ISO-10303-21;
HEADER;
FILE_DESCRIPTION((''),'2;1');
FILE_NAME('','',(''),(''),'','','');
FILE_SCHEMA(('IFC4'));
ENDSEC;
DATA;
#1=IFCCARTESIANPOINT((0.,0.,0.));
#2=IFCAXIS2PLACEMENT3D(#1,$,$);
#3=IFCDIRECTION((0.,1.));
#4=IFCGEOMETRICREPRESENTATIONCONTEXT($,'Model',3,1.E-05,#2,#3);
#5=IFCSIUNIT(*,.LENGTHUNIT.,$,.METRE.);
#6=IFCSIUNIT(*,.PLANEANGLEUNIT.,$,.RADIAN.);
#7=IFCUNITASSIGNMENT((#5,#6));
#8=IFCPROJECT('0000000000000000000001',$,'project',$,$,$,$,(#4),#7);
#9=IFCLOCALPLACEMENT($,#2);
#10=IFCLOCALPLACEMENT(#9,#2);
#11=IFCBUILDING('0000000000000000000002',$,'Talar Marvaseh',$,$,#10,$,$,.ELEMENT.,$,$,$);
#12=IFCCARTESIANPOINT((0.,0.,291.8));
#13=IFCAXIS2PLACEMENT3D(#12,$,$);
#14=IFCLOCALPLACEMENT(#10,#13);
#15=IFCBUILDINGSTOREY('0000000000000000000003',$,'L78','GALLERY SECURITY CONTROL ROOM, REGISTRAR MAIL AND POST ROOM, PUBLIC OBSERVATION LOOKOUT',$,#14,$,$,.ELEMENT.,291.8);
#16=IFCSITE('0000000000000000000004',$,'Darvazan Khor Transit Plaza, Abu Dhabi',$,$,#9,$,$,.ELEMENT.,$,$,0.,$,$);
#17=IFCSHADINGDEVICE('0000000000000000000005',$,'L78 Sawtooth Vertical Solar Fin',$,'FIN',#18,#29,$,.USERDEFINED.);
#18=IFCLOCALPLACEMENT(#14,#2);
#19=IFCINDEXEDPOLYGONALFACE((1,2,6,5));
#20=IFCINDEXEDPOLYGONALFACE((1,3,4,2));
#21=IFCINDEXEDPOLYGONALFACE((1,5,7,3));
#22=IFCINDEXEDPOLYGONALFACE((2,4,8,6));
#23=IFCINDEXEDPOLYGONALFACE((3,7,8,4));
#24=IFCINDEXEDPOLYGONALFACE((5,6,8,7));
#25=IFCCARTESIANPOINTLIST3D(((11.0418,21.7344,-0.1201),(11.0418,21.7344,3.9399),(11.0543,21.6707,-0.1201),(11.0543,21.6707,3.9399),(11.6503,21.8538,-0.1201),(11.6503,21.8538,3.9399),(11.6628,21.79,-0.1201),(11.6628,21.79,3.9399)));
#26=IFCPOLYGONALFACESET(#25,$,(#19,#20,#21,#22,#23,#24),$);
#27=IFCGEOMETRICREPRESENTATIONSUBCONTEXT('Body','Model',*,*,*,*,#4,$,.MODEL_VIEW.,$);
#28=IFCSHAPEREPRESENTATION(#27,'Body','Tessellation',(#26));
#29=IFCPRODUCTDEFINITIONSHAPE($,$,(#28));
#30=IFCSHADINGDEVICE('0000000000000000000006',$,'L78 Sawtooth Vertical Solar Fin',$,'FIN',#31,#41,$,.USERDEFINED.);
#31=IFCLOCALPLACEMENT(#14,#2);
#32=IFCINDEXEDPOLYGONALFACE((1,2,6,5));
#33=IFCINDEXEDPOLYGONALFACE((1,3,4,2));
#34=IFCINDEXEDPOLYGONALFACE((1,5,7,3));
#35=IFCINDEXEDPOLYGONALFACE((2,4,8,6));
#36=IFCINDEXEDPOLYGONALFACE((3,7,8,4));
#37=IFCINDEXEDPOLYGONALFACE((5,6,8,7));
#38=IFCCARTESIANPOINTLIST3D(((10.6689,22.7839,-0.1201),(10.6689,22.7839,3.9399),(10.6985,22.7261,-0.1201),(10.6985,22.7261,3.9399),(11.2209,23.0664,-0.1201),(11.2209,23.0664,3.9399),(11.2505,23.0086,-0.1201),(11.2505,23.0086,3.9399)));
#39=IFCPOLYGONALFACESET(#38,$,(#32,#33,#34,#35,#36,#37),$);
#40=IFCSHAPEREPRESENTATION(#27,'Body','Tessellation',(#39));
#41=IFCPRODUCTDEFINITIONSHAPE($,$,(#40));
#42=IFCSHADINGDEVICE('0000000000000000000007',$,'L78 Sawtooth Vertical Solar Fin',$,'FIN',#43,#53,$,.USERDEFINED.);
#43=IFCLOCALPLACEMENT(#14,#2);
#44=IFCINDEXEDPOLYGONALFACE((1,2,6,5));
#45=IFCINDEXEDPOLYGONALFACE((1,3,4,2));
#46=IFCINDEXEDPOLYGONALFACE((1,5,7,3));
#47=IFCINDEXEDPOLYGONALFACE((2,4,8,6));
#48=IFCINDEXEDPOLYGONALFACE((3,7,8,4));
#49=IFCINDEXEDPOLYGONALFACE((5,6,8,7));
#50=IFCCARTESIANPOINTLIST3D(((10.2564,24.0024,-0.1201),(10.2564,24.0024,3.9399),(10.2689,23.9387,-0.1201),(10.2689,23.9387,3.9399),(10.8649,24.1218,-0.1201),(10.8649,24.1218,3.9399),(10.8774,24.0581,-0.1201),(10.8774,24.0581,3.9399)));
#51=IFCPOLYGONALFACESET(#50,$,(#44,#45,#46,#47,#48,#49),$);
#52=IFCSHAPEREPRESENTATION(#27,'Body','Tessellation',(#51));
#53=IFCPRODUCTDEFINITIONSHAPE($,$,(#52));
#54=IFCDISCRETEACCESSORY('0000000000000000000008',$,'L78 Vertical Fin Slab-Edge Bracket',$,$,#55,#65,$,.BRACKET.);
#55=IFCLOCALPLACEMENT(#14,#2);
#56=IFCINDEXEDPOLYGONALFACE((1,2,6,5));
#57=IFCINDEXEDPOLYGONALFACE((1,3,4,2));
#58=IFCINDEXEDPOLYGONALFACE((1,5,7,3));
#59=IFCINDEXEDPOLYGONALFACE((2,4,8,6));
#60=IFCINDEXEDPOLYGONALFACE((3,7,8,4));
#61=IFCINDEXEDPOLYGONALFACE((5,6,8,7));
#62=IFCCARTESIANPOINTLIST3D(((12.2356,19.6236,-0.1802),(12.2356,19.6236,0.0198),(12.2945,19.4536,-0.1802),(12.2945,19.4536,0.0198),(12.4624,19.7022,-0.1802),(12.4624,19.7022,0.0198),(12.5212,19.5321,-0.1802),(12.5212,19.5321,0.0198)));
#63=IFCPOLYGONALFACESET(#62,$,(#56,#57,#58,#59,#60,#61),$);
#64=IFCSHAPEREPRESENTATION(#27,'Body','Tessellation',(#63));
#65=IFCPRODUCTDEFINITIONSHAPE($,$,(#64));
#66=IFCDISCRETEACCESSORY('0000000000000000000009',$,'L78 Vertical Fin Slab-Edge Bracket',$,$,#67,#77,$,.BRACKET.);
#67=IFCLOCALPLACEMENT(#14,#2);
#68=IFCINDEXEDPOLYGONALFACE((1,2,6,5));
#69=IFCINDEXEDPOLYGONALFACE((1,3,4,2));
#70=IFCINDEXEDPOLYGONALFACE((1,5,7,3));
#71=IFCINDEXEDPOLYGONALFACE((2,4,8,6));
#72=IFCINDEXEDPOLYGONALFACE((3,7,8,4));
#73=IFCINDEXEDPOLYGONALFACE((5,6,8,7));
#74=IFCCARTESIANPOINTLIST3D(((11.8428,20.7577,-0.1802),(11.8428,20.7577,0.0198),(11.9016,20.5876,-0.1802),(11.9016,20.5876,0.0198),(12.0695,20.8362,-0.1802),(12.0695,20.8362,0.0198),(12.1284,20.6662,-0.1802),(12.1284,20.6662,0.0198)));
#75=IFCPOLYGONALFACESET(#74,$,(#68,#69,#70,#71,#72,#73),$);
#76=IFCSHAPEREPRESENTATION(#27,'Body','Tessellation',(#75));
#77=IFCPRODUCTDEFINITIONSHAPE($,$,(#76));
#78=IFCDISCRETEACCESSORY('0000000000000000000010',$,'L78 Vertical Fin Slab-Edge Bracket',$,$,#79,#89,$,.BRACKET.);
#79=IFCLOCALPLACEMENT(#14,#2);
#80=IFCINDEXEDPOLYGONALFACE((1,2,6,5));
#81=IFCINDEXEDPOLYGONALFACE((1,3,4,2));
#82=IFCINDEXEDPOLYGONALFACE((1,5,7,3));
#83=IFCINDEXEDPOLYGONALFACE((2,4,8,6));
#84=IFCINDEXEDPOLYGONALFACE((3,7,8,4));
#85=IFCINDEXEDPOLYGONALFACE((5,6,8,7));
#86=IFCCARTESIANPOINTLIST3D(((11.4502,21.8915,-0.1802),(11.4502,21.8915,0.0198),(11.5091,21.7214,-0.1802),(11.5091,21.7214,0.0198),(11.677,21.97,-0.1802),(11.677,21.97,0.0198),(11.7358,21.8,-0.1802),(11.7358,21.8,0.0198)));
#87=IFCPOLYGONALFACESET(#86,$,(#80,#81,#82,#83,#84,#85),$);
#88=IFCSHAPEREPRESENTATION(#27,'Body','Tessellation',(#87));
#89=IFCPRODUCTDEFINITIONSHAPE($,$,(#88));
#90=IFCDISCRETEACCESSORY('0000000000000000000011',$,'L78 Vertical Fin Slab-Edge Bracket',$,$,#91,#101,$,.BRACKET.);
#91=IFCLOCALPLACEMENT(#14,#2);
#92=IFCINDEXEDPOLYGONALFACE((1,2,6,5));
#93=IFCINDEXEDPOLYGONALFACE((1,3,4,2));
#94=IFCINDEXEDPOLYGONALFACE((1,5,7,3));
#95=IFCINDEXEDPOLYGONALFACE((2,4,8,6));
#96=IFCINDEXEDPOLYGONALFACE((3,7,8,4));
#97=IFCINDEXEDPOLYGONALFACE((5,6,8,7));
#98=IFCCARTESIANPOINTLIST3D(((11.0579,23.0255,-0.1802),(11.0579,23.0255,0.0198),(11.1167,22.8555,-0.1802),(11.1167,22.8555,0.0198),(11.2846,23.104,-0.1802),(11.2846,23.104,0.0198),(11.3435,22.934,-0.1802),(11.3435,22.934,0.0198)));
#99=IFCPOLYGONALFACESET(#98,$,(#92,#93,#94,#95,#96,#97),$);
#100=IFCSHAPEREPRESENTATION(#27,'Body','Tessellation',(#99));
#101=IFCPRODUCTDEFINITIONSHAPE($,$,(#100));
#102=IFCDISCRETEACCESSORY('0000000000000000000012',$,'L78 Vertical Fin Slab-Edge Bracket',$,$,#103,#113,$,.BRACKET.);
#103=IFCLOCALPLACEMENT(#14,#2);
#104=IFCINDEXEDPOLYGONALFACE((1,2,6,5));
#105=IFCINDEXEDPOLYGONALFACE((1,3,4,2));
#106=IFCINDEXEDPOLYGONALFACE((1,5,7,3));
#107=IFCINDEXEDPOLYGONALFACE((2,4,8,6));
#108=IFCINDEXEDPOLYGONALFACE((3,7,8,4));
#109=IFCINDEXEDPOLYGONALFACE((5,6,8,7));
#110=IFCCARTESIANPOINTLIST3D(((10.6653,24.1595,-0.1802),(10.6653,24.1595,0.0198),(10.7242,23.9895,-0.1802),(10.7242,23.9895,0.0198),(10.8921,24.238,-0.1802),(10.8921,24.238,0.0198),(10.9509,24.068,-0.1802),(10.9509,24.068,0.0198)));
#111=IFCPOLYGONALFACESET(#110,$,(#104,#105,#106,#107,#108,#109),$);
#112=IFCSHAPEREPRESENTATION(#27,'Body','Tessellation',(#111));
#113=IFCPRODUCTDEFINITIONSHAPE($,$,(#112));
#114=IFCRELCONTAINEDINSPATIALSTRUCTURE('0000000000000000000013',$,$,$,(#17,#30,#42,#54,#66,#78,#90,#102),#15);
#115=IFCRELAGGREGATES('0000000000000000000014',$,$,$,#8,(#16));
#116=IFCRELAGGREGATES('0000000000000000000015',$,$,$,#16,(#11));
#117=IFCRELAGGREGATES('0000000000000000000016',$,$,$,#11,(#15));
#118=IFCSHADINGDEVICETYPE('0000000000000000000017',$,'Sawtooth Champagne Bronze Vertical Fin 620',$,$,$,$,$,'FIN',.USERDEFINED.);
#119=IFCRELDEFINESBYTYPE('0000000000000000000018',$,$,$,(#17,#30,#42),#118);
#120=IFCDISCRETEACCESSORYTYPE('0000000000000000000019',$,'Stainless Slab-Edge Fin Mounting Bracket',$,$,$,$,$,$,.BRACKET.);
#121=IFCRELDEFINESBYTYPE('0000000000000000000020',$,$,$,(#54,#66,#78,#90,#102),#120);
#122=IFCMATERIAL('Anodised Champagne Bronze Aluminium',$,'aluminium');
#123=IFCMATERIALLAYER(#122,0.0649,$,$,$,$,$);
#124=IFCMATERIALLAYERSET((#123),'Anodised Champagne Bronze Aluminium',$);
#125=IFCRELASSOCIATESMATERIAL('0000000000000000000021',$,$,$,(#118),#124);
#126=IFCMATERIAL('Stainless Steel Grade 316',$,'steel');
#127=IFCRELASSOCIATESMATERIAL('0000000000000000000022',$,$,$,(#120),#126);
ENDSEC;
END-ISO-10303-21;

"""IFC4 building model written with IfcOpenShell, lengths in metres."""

from ifc_helpers import new_model, si_unit, direction, frame, origin, origin_2d, place, context, subcontext, project, spatial, rectangle, extrude, source, transform, mapped, material, layer, layer_set, type_object, type_shapes, element, save


model = new_model("IFC4")

# Units and contexts
model_context = context("Model", 3, precision=1e-05, world=origin(), true_north=direction((0.0, 1.0)))
body_context = subcontext(model_context, "Body", "Model", "MODEL_VIEW")
ifc_project = project(units=[si_unit("LENGTHUNIT", "METRE"), si_unit("PLANEANGLEUNIT", "RADIAN")], contexts=[model_context])

# Site, building, storey
site_placement = place(None, origin())
site = spatial("IfcSite", under=ifc_project, at=site_placement, Name="Darvazan Khor Transit Plaza, Abu Dhabi", CompositionType="ELEMENT", RefElevation=0.0)
building_placement = place(site_placement, origin())
building = spatial("IfcBuilding", under=site, at=building_placement, Name="Talar Marvaseh", CompositionType="ELEMENT")
storey_placement = place(building_placement, frame((0.0, 0.0, 291.8)))
storey = spatial("IfcBuildingStorey", under=building, at=storey_placement, Name="L78", Description="GALLERY SECURITY CONTROL ROOM, REGISTRAR MAIL AND POST ROOM, PUBLIC OBSERVATION LOOKOUT", CompositionType="ELEMENT", Elevation=291.8)

# Shading devices
ifc_material_1 = material(Name="Anodised Champagne Bronze Aluminium", Category="aluminium")
ifc_layer_1 = layer(ifc_material_1, 0.0649)
ifc_layer_set_1 = layer_set([ifc_layer_1], Name="Anodised Champagne Bronze Aluminium")
shading_device_type_1 = type_object("IfcShadingDeviceType", Name="Sawtooth Champagne Bronze Vertical Fin 620", ElementType="FIN", PredefinedType="USERDEFINED", material=ifc_layer_set_1)
shared_shape_1 = source(origin(), body_context, "Body", "SweptSolid", [
    extrude(rectangle(XDim=0.6201, YDim=0.0649, at=origin_2d()), origin(), (0.0, 0.0, 1.0), 4.0601),
])
type_shapes(shading_device_type_1, [shared_shape_1])
for number, where, z_axis, x_axis, name in (
    (1, (11.3523, 21.7622, -0.1201), (0.0, 0.0, 1.0), (-0.981293, -0.192522, 0.0), "L78 Sawtooth Vertical Solar Fin"),
    (2, (10.9597, 22.8962, -0.1201), (0.0, 0.0, 1.0), (-0.890213, -0.455545, 0.0), "L78 Sawtooth Vertical Solar Fin"),
    (3, (10.5669, 24.0303, -0.1201), (0.0, 0.0, 1.0), (-0.981293, -0.192522, 0.0), "L78 Sawtooth Vertical Solar Fin"),
):
    element("IfcShadingDevice", number, at=place(storey_placement, frame(where, z_axis=z_axis, x_axis=x_axis)), inside=storey, type_object=shading_device_type_1, Name=name, ObjectType="FIN", PredefinedType="USERDEFINED", context=body_context, shape_type="MappedRepresentation", body=[
        mapped(shared_shape_1, transform((0.0, 0.0, 0.0), x_axis=(1.0, 0.0, 0.0), y_axis=(0.0, 1.0, 0.0), z_axis=(0.0, 0.0, 1.0), scale=1.0)),
    ])

# Discrete accessories
ifc_material_2 = material(Name="Stainless Steel Grade 316", Category="steel")
discrete_accessory_type = type_object("IfcDiscreteAccessoryType", Name="Stainless Slab-Edge Fin Mounting Bracket", PredefinedType="BRACKET", material=ifc_material_2)
shared_shape_2 = source(origin(), body_context, "Body", "SweptSolid", [
    extrude(rectangle(XDim=0.24, YDim=0.1799, at=origin_2d()), origin(), (0.0, 0.0, 1.0), 0.2),
])
type_shapes(discrete_accessory_type, [shared_shape_2])
for number, where, z_axis, x_axis, name in (
    (4, (12.3784, 19.5779, -0.1802), (0.0, 0.0, 1.0), (-0.944949, -0.327218, 0.0), "L78 Vertical Fin Slab-Edge Bracket"),
    (5, (11.9856, 20.7119, -0.1802), (0.0, 0.0, 1.0), (-0.944949, -0.327218, 0.0), "L78 Vertical Fin Slab-Edge Bracket"),
    (6, (11.593, 21.8457, -0.1802), (0.0, 0.0, 1.0), (-0.944949, -0.327218, 0.0), "L78 Vertical Fin Slab-Edge Bracket"),
    (7, (11.2007, 22.9797, -0.1802), (0.0, 0.0, 1.0), (-0.944949, -0.327218, 0.0), "L78 Vertical Fin Slab-Edge Bracket"),
    (8, (10.8081, 24.1138, -0.1802), (0.0, 0.0, 1.0), (-0.944949, -0.327218, 0.0), "L78 Vertical Fin Slab-Edge Bracket"),
):
    element("IfcDiscreteAccessory", number, at=place(storey_placement, frame(where, z_axis=z_axis, x_axis=x_axis)), inside=storey, type_object=discrete_accessory_type, Name=name, PredefinedType="BRACKET", context=body_context, shape_type="MappedRepresentation", body=[
        mapped(shared_shape_2, transform((0.0, 0.0, 0.0), x_axis=(1.0, 0.0, 0.0), y_axis=(0.0, 1.0, 0.0), z_axis=(0.0, 0.0, 1.0), scale=1.0)),
    ])

save(model, "model.ifc")
